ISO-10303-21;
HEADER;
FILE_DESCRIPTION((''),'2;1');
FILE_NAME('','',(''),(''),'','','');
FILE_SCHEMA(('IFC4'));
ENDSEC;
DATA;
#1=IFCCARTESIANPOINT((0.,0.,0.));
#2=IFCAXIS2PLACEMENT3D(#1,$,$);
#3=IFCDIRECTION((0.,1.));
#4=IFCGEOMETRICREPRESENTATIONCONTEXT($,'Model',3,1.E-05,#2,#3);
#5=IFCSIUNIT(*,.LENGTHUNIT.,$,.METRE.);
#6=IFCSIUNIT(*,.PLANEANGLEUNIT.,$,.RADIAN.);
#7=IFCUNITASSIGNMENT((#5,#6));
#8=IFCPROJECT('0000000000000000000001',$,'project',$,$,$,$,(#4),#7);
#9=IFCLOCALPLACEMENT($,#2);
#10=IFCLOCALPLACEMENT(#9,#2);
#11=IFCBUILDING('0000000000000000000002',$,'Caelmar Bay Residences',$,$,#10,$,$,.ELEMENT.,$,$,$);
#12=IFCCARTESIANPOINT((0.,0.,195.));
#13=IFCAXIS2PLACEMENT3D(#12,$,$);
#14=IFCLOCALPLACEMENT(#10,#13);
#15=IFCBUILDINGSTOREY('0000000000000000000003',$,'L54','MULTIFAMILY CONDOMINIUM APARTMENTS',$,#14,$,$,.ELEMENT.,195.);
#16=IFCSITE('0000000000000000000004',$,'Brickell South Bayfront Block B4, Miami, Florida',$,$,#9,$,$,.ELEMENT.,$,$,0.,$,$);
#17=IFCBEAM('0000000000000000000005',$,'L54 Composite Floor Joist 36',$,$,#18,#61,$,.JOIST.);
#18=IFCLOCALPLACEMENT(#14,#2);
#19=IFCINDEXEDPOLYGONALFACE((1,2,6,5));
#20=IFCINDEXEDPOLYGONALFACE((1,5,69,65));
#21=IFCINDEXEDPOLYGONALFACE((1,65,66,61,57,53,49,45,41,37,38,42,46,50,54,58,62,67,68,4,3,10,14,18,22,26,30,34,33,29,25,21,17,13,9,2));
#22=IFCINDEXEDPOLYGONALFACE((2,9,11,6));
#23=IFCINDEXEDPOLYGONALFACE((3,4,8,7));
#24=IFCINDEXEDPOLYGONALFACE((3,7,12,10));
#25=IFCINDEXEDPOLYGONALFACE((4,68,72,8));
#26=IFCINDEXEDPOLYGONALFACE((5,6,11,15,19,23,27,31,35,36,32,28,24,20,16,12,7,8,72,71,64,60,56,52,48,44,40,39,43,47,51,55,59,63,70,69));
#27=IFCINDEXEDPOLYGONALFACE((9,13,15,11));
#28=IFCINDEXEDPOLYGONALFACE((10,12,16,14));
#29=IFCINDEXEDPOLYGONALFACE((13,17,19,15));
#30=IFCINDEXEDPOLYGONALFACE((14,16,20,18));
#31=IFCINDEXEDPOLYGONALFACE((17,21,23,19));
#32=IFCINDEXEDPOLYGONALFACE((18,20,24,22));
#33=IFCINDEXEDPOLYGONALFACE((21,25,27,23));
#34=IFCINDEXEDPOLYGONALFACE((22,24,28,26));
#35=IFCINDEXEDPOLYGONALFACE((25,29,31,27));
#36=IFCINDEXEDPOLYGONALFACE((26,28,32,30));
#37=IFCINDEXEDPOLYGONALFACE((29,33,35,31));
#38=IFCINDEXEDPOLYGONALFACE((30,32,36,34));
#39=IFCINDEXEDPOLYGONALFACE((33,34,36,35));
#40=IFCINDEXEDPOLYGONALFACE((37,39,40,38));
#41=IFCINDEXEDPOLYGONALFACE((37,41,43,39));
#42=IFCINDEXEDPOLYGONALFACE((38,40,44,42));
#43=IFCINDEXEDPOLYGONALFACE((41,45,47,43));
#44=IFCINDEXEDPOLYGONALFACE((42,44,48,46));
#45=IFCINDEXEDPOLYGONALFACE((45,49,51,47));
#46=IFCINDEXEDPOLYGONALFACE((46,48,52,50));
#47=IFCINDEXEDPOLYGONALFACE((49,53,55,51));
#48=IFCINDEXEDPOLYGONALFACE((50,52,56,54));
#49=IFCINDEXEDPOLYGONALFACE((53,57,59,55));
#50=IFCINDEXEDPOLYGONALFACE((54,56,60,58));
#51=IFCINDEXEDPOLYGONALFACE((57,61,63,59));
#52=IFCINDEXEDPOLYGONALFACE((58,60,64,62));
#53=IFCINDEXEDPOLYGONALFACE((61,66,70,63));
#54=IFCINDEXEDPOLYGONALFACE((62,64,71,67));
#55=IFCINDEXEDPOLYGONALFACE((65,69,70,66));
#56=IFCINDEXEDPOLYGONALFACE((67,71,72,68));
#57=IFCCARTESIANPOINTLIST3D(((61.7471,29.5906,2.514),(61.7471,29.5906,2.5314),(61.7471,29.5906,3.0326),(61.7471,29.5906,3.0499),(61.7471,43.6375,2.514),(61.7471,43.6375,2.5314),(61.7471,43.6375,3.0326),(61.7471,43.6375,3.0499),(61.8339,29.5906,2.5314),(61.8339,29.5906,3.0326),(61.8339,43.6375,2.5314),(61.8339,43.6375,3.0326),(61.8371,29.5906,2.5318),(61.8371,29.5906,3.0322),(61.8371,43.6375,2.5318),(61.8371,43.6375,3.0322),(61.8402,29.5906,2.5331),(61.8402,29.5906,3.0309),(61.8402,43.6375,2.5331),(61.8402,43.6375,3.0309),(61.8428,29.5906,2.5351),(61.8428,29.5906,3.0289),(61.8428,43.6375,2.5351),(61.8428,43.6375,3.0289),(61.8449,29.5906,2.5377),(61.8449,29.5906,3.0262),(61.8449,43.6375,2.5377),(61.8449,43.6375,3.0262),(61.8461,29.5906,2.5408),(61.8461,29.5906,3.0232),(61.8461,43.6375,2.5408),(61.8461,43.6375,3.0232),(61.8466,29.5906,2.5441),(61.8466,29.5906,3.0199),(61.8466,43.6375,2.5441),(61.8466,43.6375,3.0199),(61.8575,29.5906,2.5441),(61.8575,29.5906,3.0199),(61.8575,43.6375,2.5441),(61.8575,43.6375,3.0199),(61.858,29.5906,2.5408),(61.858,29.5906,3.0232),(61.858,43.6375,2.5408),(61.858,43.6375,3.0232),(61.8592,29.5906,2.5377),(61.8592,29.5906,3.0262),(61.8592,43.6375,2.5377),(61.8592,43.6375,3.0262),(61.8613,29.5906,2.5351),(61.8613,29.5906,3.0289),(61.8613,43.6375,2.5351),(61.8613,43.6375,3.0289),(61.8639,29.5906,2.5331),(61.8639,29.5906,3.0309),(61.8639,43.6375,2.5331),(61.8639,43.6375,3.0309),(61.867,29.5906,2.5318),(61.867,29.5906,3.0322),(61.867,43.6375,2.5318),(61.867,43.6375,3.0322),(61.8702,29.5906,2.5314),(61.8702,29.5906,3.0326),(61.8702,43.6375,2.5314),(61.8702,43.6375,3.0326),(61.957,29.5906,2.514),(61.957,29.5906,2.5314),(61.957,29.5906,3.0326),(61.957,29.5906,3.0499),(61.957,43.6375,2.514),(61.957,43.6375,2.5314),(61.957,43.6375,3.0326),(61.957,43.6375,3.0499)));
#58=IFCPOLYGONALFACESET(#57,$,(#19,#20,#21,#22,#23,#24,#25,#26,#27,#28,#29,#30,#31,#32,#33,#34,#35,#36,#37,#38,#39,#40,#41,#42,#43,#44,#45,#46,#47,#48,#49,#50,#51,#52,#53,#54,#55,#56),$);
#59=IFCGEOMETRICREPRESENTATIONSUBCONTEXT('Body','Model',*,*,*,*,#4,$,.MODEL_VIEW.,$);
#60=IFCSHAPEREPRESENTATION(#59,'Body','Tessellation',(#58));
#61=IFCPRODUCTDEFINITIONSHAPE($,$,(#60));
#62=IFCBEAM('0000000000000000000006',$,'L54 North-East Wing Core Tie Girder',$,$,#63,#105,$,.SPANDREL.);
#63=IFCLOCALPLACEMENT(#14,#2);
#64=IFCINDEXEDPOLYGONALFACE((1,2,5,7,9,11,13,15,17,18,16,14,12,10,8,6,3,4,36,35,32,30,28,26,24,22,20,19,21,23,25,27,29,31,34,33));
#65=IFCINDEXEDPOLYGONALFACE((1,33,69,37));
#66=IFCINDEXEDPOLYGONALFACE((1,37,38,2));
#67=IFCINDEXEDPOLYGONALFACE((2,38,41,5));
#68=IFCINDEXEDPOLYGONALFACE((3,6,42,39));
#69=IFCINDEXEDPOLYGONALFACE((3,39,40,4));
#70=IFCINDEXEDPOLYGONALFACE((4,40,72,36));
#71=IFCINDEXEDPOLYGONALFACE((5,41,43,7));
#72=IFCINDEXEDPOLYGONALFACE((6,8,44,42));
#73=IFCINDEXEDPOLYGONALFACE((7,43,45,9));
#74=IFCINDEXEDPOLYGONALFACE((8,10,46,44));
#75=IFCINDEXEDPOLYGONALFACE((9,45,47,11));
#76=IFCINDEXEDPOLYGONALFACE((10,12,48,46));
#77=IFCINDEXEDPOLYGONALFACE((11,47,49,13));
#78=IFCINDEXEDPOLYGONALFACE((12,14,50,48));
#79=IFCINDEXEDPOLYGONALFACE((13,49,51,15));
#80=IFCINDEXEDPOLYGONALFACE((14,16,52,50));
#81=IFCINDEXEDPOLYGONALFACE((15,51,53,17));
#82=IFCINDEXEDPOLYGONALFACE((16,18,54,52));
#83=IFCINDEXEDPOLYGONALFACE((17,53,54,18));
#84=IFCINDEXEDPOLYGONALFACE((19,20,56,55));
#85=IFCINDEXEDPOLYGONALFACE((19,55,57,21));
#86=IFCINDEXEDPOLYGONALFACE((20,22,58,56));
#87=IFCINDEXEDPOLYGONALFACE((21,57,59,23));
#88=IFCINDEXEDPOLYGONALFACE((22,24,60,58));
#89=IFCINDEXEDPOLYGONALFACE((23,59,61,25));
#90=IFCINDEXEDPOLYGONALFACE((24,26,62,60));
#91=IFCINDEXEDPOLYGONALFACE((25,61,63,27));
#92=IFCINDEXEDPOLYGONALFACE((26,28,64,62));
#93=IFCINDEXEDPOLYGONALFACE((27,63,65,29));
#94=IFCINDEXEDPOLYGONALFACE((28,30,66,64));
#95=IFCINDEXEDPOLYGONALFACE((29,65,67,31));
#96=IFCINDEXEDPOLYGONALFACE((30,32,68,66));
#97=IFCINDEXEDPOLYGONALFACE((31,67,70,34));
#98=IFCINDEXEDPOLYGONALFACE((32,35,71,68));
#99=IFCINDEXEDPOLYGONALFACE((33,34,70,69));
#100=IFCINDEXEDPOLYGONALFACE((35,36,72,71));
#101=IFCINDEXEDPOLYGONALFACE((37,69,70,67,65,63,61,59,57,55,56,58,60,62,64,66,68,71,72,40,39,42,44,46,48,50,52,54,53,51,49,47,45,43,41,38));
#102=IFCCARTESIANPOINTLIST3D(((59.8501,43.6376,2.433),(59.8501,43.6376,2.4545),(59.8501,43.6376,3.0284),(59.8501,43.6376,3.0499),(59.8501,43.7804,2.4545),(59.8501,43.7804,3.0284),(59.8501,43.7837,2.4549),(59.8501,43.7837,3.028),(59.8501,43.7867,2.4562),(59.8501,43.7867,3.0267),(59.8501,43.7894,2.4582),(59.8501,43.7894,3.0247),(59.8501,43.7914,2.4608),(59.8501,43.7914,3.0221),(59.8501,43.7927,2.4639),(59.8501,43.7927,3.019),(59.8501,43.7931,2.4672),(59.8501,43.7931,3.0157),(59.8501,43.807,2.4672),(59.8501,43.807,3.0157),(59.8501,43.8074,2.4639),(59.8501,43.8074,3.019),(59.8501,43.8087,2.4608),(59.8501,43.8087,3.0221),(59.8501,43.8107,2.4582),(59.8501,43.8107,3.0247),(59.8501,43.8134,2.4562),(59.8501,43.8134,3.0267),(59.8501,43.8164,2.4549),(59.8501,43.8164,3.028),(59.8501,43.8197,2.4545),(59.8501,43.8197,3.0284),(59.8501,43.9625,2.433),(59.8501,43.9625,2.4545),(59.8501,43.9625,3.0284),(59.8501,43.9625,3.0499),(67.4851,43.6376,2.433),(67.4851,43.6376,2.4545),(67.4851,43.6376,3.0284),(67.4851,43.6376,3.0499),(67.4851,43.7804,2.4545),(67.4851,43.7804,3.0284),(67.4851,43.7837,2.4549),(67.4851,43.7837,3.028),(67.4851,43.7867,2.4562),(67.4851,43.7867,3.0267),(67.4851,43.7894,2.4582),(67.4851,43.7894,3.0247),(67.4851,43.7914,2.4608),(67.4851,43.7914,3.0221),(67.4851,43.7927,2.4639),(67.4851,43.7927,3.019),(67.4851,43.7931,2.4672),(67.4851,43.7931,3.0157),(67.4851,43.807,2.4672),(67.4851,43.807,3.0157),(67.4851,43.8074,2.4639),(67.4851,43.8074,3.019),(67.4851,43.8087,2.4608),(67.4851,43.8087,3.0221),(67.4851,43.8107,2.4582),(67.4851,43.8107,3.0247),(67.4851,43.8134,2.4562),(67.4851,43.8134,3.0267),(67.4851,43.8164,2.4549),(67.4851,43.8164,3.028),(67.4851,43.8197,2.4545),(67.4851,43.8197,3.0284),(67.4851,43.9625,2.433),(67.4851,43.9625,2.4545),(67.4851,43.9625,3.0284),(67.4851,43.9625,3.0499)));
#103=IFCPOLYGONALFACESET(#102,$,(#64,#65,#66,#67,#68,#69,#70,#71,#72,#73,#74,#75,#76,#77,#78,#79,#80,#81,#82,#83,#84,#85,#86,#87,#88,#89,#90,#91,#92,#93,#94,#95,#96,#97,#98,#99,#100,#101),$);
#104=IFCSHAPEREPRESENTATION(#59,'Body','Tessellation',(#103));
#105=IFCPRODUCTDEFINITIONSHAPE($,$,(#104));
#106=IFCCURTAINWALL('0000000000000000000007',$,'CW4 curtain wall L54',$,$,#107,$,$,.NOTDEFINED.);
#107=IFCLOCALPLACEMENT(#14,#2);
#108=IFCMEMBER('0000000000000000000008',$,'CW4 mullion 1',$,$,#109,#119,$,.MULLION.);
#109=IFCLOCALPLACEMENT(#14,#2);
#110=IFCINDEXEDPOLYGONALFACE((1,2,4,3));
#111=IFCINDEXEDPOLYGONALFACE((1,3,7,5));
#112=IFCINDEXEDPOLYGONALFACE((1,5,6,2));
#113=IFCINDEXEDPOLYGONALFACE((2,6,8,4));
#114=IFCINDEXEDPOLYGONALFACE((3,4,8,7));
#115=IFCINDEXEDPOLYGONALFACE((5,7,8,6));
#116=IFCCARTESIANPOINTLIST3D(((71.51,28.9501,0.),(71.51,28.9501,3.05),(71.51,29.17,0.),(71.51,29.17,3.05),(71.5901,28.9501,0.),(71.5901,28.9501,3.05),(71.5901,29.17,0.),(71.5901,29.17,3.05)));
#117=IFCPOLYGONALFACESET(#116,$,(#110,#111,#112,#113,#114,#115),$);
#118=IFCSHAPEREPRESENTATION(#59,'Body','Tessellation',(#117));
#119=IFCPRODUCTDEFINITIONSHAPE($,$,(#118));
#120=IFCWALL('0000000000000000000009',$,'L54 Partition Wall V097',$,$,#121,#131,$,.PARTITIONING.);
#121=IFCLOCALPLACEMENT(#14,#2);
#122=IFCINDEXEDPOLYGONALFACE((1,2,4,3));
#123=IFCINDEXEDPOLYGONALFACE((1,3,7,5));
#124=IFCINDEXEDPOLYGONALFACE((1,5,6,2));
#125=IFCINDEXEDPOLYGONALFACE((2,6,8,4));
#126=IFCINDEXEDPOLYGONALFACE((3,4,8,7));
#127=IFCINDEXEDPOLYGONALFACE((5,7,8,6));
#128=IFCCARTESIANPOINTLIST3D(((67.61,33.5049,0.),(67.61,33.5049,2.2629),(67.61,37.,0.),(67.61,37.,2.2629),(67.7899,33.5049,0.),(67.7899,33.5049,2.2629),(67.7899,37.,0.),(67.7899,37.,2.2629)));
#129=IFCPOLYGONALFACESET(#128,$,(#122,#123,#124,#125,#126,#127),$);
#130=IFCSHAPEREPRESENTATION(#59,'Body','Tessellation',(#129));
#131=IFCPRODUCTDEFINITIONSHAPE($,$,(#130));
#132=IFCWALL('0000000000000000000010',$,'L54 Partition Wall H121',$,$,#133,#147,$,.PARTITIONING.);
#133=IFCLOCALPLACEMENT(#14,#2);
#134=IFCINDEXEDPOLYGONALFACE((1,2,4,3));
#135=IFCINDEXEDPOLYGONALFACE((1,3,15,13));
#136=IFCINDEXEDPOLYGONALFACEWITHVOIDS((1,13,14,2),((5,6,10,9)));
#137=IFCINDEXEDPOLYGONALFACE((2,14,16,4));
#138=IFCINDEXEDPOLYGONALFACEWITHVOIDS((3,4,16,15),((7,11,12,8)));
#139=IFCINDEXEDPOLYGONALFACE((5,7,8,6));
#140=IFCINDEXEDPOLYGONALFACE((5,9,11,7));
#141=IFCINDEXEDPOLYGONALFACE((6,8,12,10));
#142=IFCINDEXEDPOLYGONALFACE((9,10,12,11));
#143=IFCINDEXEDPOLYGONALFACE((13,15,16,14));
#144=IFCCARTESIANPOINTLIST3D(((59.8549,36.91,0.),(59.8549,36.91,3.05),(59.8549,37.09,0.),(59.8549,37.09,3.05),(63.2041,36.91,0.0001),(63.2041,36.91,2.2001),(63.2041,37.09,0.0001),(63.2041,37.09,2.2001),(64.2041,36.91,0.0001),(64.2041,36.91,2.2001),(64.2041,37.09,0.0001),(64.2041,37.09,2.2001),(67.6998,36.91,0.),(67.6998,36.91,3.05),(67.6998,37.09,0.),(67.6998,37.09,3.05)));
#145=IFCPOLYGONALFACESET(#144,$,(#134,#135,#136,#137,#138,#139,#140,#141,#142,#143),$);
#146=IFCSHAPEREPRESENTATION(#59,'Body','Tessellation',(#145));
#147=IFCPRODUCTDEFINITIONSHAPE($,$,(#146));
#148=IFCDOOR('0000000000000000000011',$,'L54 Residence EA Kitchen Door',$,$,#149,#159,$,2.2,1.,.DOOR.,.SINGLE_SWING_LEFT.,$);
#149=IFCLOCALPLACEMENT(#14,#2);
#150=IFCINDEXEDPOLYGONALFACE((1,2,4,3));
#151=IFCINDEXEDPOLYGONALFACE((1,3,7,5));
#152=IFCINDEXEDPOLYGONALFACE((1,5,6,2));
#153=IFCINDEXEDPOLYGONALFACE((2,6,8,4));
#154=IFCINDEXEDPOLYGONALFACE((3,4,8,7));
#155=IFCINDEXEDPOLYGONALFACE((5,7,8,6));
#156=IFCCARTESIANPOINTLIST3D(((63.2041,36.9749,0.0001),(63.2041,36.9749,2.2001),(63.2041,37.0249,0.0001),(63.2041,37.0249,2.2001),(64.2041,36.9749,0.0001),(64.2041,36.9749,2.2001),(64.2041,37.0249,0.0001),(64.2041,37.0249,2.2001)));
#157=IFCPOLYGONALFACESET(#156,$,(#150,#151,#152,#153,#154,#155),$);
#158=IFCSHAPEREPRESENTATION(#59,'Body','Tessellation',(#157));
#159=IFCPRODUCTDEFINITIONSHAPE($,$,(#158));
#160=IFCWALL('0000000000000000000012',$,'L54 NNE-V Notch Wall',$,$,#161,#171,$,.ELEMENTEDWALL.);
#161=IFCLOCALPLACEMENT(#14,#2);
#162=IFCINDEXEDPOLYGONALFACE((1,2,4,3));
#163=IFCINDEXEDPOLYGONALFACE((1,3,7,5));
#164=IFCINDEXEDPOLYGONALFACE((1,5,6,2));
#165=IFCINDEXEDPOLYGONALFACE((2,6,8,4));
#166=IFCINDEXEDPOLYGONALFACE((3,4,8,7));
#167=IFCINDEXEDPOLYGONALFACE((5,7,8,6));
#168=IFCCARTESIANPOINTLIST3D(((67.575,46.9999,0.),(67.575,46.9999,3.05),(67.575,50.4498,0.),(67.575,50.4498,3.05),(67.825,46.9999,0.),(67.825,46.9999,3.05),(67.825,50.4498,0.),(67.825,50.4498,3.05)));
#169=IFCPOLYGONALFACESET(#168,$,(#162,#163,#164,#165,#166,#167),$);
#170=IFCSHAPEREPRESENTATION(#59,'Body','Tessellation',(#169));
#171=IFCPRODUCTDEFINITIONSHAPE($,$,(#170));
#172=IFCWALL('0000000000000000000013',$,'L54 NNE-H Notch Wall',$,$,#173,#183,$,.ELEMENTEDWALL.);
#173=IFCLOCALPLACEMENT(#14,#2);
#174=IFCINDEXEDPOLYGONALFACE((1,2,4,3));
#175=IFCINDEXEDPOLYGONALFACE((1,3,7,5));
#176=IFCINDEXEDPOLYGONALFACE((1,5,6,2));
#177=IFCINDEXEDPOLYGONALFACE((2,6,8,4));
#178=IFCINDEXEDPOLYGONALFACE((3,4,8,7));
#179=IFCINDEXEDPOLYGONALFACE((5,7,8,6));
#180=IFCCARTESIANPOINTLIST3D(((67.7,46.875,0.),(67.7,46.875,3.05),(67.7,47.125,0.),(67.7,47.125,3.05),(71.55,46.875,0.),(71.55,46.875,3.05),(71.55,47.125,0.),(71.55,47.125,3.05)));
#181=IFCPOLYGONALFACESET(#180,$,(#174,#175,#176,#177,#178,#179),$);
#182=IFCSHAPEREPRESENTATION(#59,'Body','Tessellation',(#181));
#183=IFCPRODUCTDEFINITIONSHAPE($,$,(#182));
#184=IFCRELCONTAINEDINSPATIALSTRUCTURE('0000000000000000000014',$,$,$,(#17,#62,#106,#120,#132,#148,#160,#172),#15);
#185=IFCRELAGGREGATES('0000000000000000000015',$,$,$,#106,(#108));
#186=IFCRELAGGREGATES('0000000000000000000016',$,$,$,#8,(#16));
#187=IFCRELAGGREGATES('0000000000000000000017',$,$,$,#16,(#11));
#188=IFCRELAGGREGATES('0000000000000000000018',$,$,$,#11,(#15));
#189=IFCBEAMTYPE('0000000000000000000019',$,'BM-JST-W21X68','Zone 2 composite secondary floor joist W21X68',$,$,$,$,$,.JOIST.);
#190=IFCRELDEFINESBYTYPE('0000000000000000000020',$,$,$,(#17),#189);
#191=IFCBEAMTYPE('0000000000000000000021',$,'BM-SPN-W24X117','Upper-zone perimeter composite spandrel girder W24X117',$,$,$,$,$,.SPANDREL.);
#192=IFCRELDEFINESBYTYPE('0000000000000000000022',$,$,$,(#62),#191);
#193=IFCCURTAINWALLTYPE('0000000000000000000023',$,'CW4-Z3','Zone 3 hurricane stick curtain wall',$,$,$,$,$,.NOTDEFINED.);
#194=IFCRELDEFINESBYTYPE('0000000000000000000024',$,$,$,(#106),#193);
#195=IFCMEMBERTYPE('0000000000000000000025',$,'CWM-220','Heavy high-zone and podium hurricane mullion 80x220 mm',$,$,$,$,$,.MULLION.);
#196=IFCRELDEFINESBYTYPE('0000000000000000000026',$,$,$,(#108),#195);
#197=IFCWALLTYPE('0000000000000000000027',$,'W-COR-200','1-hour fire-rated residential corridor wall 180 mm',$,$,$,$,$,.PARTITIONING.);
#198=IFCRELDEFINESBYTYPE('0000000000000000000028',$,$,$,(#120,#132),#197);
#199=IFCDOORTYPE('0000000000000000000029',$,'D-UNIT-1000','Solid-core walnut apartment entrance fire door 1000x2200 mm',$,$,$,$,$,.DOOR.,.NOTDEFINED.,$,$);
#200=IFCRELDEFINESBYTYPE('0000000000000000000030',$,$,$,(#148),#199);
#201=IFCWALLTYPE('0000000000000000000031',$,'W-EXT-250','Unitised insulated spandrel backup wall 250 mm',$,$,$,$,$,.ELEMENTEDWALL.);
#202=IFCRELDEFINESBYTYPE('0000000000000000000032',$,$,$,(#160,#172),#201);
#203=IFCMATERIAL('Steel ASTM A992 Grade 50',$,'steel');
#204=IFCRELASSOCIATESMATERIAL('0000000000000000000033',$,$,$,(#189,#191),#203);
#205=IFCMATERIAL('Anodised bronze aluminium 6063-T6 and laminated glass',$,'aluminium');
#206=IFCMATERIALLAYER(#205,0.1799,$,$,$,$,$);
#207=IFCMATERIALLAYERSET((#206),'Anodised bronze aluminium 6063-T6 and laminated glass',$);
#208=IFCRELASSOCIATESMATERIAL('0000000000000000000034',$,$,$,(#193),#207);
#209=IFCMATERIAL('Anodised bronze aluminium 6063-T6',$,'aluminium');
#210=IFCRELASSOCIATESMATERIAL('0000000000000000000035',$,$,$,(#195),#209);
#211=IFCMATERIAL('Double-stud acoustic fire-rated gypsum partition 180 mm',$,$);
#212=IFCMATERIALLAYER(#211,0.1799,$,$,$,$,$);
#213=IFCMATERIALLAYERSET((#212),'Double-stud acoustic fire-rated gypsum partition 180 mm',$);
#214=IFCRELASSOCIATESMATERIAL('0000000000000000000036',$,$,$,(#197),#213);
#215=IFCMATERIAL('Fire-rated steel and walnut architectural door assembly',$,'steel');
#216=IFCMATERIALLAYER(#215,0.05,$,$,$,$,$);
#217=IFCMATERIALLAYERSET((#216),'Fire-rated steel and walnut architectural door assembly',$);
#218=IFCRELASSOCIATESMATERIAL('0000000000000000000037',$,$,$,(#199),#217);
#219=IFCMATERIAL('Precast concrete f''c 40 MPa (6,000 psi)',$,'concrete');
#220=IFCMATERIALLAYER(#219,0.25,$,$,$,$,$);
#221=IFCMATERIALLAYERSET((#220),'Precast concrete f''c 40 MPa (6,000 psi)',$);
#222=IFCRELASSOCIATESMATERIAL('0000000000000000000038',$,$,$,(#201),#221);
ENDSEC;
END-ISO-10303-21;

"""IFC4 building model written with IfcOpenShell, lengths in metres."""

from ifc_helpers import new_model, si_unit, direction, frame, frame_2d, origin, origin_2d, place, context, subcontext, project, spatial, rectangle, i_section, extrude, material, layer, layer_set, material_profile, profile_set, type_object, element, fill, aggregate, save


model = new_model("IFC4")

# Units and contexts
model_context = context("Model", 3, precision=1e-05, world=origin(), true_north=direction((0.0, 1.0)))
body_context = subcontext(model_context, "Body", "Model", "MODEL_VIEW")
ifc_project = project(units=[si_unit("LENGTHUNIT", "METRE"), si_unit("PLANEANGLEUNIT", "RADIAN")], contexts=[model_context])

# Site, building, storey
site_placement = place(None, origin())
site = spatial("IfcSite", under=ifc_project, at=site_placement, Name="Brickell South Bayfront Block B4, Miami, Florida", CompositionType="ELEMENT", RefElevation=0.0)
building_placement = place(site_placement, origin())
building = spatial("IfcBuilding", under=site, at=building_placement, Name="Caelmar Bay Residences", CompositionType="ELEMENT")
storey_placement = place(building_placement, frame((0.0, 0.0, 195.0)))
storey = spatial("IfcBuildingStorey", under=building, at=storey_placement, Name="L54", Description="MULTIFAMILY CONDOMINIUM APARTMENTS", CompositionType="ELEMENT", Elevation=195.0)

# Beams
ifc_material_1 = material(Name="Steel ASTM A992 Grade 50", Category="steel")
ifc_material_profile_1 = material_profile(ifc_material_1, i_section(OverallWidth=0.21, OverallDepth=0.5359, WebThickness=0.011, FlangeThickness=0.0173, FilletRadius=0.0127, at=origin_2d()), Name="W21X68")
ifc_profile_set_1 = profile_set([ifc_material_profile_1], Name="Steel ASTM A992 Grade 50")
beam_type_1 = type_object("IfcBeamType", Name="BM-JST-W21X68", Description="Zone 2 composite secondary floor joist W21X68", PredefinedType="JOIST", material=ifc_profile_set_1)
beam_1_placement = place(storey_placement, frame((61.8521, 29.5906, 2.782), z_axis=(0.0, 1.0, 0.0), x_axis=(-1.0, 0.0, 0.0)))
element("IfcBeam", 1, at=beam_1_placement, inside=storey, type_object=beam_type_1, Name="L54 Composite Floor Joist 36", PredefinedType="JOIST", context=body_context, shape_type="SweptSolid", body=[
    extrude(i_section(OverallWidth=0.21, OverallDepth=0.5359, WebThickness=0.011, FlangeThickness=0.0173, FilletRadius=0.0127, at=origin_2d()), origin(), (0.0, 0.0, 1.0), 14.0469),
])
ifc_material_profile_2 = material_profile(ifc_material_1, i_section(OverallWidth=0.325, OverallDepth=0.6169, WebThickness=0.0139, FlangeThickness=0.0215, FilletRadius=0.0127, at=origin_2d()), Name="W24X117")
ifc_profile_set_2 = profile_set([ifc_material_profile_2], Name="Steel ASTM A992 Grade 50")
beam_type_2 = type_object("IfcBeamType", Name="BM-SPN-W24X117", Description="Upper-zone perimeter composite spandrel girder W24X117", PredefinedType="SPANDREL", material=ifc_profile_set_2)
beam_2_placement = place(storey_placement, frame((59.8501, 43.8, 2.7415), z_axis=(1.0, 0.0, 0.0), x_axis=(0.0, 1.0, 0.0)))
element("IfcBeam", 2, at=beam_2_placement, inside=storey, type_object=beam_type_2, Name="L54 North-East Wing Core Tie Girder", PredefinedType="SPANDREL", context=body_context, shape_type="SweptSolid", body=[
    extrude(i_section(OverallWidth=0.325, OverallDepth=0.6169, WebThickness=0.0139, FlangeThickness=0.0215, FilletRadius=0.0127, at=origin_2d()), origin(), (0.0, 0.0, 1.0), 7.635),
])

# Curtain wall, member
ifc_material_2 = material(Name="Anodised bronze aluminium 6063-T6 and laminated glass", Category="aluminium")
ifc_layer_1 = layer(ifc_material_2, 0.1799)
ifc_layer_set_1 = layer_set([ifc_layer_1], Name="Anodised bronze aluminium 6063-T6 and laminated glass")
curtain_wall_type = type_object("IfcCurtainWallType", Name="CW4-Z3", Description="Zone 3 hurricane stick curtain wall", PredefinedType="NOTDEFINED", material=ifc_layer_set_1)
curtain_wall_placement = place(storey_placement, origin())
curtain_wall = element("IfcCurtainWall", 3, at=curtain_wall_placement, inside=storey, type_object=curtain_wall_type, Name="CW4 curtain wall L54", PredefinedType="NOTDEFINED")
ifc_material_3 = material(Name="Anodised bronze aluminium 6063-T6", Category="aluminium")
ifc_material_profile_3 = material_profile(ifc_material_3, rectangle(XDim=0.0801, YDim=0.22, at=origin_2d()), Name="CWM-80X220")
ifc_profile_set_3 = profile_set([ifc_material_profile_3], Name="Anodised bronze aluminium 6063-T6")
member_type = type_object("IfcMemberType", Name="CWM-220", Description="Heavy high-zone and podium hurricane mullion 80x220 mm", PredefinedType="MULLION", material=ifc_profile_set_3)
member_placement = place(storey_placement, frame((71.55, 29.0601, 0.0), z_axis=(0.0, 0.0, 1.0), x_axis=(1.0, 0.0, 0.0)))
member = element("IfcMember", 4, at=member_placement, type_object=member_type, Name="CW4 mullion 1", PredefinedType="MULLION", context=body_context, shape_type="SweptSolid", body=[
    extrude(rectangle(XDim=0.0801, YDim=0.22, at=origin_2d()), origin(), (0.0, 0.0, 1.0), 3.05),
])
aggregate(curtain_wall, [member])

# Wall
ifc_material_4 = material(Name="Double-stud acoustic fire-rated gypsum partition 180 mm")
ifc_layer_2 = layer(ifc_material_4, 0.1799)
ifc_layer_set_2 = layer_set([ifc_layer_2], Name="Double-stud acoustic fire-rated gypsum partition 180 mm")
wall_type_1 = type_object("IfcWallType", Name="W-COR-200", Description="1-hour fire-rated residential corridor wall 180 mm", PredefinedType="PARTITIONING", material=ifc_layer_set_2)
wall_1_placement = place(storey_placement, frame((67.7, 33.5049, 0.0), z_axis=(0.0, 0.0, 1.0), x_axis=(0.0, 1.0, 0.0)))
element("IfcWall", 5, at=wall_1_placement, inside=storey, type_object=wall_type_1, Name="L54 Partition Wall V097", PredefinedType="PARTITIONING", context=body_context, shape_type="SweptSolid", body=[
    extrude(rectangle(XDim=3.4951, YDim=0.1799, at=frame_2d((1.7476, 0.0))), origin(), (0.0, 0.0, 1.0), 2.2629),
])

# Wall, opening, door
wall_2_placement = place(storey_placement, frame((59.855, 37.0, 0.0), z_axis=(0.0, 0.0, 1.0), x_axis=(1.0, 0.0, 0.0)))
wall_2 = element("IfcWall", 6, at=wall_2_placement, inside=storey, type_object=wall_type_1, Name="L54 Partition Wall H121", PredefinedType="PARTITIONING", context=body_context, shape_type="SweptSolid", body=[
    extrude(rectangle(XDim=7.845, YDim=0.1799, at=frame_2d((3.9224, 0.0))), origin(), (0.0, 0.0, 1.0), 3.05),
])
opening_1_placement = place(wall_2_placement, frame((3.3491, 0.0, 0.0)))
opening_1 = element("IfcOpeningElement", 7, at=opening_1_placement, cuts=wall_2, PredefinedType="OPENING", context=body_context, shape_type="SweptSolid", body=[
    extrude(rectangle(XDim=1.0, YDim=2.2, at=frame_2d((0.5, 1.1001))), frame((0.0, 0.0999, 0.0), z_axis=(0.0, -1.0, 0.0), x_axis=(1.0, 0.0, 0.0)), (0.0, 0.0, 1.0), 0.2),
])
ifc_material_5 = material(Name="Fire-rated steel and walnut architectural door assembly", Category="steel")
ifc_layer_3 = layer(ifc_material_5, 0.05)
ifc_layer_set_3 = layer_set([ifc_layer_3], Name="Fire-rated steel and walnut architectural door assembly")
door_type_1 = type_object("IfcDoorType", Name="D-UNIT-1000", Description="Solid-core walnut apartment entrance fire door 1000x2200 mm", OperationType="NOTDEFINED", PredefinedType="DOOR", material=ifc_layer_set_3)
door_1_placement = place(opening_1_placement, origin())
door_1 = element("IfcDoor", 8, at=door_1_placement, inside=storey, type_object=door_type_1, Name="L54 Residence EA Kitchen Door", OperationType="SINGLE_SWING_LEFT", OverallHeight=2.2, OverallWidth=1.0, PredefinedType="DOOR", context=body_context, shape_type="SweptSolid", body=[
    extrude(rectangle(XDim=1.0, YDim=2.2, at=frame_2d((0.5, 1.1001))), frame((0.0, 0.0249, 0.0), z_axis=(0.0, -1.0, 0.0), x_axis=(1.0, 0.0, 0.0)), (0.0, 0.0, 1.0), 0.05),
])
fill(opening_1, door_1)

# Walls
ifc_material_6 = material(Name="Precast concrete f'c 40 MPa (6,000 psi)", Category="concrete")
ifc_layer_4 = layer(ifc_material_6, 0.25)
ifc_layer_set_4 = layer_set([ifc_layer_4], Name="Precast concrete f'c 40 MPa (6,000 psi)")
wall_type_2 = type_object("IfcWallType", Name="W-EXT-250", Description="Unitised insulated spandrel backup wall 250 mm", PredefinedType="ELEMENTEDWALL", material=ifc_layer_set_4)
wall_3_placement = place(storey_placement, frame((67.7, 50.45, 0.0), z_axis=(0.0, 0.0, 1.0), x_axis=(0.0, -1.0, 0.0)))
element("IfcWall", 9, at=wall_3_placement, inside=storey, type_object=wall_type_2, Name="L54 NNE-V Notch Wall", PredefinedType="ELEMENTEDWALL", context=body_context, shape_type="SweptSolid", body=[
    extrude(rectangle(XDim=3.45, YDim=0.25, at=frame_2d((1.7251, 0.0))), origin(), (0.0, 0.0, 1.0), 3.05),
])
wall_4_placement = place(storey_placement, frame((67.7, 47.0, 0.0), z_axis=(0.0, 0.0, 1.0), x_axis=(1.0, 0.0, 0.0)))
element("IfcWall", 10, at=wall_4_placement, inside=storey, type_object=wall_type_2, Name="L54 NNE-H Notch Wall", PredefinedType="ELEMENTEDWALL", context=body_context, shape_type="SweptSolid", body=[
    extrude(rectangle(XDim=3.8501, YDim=0.25, at=frame_2d((1.925, 0.0))), origin(), (0.0, 0.0, 1.0), 3.05),
])

save(model, "model.ifc")
